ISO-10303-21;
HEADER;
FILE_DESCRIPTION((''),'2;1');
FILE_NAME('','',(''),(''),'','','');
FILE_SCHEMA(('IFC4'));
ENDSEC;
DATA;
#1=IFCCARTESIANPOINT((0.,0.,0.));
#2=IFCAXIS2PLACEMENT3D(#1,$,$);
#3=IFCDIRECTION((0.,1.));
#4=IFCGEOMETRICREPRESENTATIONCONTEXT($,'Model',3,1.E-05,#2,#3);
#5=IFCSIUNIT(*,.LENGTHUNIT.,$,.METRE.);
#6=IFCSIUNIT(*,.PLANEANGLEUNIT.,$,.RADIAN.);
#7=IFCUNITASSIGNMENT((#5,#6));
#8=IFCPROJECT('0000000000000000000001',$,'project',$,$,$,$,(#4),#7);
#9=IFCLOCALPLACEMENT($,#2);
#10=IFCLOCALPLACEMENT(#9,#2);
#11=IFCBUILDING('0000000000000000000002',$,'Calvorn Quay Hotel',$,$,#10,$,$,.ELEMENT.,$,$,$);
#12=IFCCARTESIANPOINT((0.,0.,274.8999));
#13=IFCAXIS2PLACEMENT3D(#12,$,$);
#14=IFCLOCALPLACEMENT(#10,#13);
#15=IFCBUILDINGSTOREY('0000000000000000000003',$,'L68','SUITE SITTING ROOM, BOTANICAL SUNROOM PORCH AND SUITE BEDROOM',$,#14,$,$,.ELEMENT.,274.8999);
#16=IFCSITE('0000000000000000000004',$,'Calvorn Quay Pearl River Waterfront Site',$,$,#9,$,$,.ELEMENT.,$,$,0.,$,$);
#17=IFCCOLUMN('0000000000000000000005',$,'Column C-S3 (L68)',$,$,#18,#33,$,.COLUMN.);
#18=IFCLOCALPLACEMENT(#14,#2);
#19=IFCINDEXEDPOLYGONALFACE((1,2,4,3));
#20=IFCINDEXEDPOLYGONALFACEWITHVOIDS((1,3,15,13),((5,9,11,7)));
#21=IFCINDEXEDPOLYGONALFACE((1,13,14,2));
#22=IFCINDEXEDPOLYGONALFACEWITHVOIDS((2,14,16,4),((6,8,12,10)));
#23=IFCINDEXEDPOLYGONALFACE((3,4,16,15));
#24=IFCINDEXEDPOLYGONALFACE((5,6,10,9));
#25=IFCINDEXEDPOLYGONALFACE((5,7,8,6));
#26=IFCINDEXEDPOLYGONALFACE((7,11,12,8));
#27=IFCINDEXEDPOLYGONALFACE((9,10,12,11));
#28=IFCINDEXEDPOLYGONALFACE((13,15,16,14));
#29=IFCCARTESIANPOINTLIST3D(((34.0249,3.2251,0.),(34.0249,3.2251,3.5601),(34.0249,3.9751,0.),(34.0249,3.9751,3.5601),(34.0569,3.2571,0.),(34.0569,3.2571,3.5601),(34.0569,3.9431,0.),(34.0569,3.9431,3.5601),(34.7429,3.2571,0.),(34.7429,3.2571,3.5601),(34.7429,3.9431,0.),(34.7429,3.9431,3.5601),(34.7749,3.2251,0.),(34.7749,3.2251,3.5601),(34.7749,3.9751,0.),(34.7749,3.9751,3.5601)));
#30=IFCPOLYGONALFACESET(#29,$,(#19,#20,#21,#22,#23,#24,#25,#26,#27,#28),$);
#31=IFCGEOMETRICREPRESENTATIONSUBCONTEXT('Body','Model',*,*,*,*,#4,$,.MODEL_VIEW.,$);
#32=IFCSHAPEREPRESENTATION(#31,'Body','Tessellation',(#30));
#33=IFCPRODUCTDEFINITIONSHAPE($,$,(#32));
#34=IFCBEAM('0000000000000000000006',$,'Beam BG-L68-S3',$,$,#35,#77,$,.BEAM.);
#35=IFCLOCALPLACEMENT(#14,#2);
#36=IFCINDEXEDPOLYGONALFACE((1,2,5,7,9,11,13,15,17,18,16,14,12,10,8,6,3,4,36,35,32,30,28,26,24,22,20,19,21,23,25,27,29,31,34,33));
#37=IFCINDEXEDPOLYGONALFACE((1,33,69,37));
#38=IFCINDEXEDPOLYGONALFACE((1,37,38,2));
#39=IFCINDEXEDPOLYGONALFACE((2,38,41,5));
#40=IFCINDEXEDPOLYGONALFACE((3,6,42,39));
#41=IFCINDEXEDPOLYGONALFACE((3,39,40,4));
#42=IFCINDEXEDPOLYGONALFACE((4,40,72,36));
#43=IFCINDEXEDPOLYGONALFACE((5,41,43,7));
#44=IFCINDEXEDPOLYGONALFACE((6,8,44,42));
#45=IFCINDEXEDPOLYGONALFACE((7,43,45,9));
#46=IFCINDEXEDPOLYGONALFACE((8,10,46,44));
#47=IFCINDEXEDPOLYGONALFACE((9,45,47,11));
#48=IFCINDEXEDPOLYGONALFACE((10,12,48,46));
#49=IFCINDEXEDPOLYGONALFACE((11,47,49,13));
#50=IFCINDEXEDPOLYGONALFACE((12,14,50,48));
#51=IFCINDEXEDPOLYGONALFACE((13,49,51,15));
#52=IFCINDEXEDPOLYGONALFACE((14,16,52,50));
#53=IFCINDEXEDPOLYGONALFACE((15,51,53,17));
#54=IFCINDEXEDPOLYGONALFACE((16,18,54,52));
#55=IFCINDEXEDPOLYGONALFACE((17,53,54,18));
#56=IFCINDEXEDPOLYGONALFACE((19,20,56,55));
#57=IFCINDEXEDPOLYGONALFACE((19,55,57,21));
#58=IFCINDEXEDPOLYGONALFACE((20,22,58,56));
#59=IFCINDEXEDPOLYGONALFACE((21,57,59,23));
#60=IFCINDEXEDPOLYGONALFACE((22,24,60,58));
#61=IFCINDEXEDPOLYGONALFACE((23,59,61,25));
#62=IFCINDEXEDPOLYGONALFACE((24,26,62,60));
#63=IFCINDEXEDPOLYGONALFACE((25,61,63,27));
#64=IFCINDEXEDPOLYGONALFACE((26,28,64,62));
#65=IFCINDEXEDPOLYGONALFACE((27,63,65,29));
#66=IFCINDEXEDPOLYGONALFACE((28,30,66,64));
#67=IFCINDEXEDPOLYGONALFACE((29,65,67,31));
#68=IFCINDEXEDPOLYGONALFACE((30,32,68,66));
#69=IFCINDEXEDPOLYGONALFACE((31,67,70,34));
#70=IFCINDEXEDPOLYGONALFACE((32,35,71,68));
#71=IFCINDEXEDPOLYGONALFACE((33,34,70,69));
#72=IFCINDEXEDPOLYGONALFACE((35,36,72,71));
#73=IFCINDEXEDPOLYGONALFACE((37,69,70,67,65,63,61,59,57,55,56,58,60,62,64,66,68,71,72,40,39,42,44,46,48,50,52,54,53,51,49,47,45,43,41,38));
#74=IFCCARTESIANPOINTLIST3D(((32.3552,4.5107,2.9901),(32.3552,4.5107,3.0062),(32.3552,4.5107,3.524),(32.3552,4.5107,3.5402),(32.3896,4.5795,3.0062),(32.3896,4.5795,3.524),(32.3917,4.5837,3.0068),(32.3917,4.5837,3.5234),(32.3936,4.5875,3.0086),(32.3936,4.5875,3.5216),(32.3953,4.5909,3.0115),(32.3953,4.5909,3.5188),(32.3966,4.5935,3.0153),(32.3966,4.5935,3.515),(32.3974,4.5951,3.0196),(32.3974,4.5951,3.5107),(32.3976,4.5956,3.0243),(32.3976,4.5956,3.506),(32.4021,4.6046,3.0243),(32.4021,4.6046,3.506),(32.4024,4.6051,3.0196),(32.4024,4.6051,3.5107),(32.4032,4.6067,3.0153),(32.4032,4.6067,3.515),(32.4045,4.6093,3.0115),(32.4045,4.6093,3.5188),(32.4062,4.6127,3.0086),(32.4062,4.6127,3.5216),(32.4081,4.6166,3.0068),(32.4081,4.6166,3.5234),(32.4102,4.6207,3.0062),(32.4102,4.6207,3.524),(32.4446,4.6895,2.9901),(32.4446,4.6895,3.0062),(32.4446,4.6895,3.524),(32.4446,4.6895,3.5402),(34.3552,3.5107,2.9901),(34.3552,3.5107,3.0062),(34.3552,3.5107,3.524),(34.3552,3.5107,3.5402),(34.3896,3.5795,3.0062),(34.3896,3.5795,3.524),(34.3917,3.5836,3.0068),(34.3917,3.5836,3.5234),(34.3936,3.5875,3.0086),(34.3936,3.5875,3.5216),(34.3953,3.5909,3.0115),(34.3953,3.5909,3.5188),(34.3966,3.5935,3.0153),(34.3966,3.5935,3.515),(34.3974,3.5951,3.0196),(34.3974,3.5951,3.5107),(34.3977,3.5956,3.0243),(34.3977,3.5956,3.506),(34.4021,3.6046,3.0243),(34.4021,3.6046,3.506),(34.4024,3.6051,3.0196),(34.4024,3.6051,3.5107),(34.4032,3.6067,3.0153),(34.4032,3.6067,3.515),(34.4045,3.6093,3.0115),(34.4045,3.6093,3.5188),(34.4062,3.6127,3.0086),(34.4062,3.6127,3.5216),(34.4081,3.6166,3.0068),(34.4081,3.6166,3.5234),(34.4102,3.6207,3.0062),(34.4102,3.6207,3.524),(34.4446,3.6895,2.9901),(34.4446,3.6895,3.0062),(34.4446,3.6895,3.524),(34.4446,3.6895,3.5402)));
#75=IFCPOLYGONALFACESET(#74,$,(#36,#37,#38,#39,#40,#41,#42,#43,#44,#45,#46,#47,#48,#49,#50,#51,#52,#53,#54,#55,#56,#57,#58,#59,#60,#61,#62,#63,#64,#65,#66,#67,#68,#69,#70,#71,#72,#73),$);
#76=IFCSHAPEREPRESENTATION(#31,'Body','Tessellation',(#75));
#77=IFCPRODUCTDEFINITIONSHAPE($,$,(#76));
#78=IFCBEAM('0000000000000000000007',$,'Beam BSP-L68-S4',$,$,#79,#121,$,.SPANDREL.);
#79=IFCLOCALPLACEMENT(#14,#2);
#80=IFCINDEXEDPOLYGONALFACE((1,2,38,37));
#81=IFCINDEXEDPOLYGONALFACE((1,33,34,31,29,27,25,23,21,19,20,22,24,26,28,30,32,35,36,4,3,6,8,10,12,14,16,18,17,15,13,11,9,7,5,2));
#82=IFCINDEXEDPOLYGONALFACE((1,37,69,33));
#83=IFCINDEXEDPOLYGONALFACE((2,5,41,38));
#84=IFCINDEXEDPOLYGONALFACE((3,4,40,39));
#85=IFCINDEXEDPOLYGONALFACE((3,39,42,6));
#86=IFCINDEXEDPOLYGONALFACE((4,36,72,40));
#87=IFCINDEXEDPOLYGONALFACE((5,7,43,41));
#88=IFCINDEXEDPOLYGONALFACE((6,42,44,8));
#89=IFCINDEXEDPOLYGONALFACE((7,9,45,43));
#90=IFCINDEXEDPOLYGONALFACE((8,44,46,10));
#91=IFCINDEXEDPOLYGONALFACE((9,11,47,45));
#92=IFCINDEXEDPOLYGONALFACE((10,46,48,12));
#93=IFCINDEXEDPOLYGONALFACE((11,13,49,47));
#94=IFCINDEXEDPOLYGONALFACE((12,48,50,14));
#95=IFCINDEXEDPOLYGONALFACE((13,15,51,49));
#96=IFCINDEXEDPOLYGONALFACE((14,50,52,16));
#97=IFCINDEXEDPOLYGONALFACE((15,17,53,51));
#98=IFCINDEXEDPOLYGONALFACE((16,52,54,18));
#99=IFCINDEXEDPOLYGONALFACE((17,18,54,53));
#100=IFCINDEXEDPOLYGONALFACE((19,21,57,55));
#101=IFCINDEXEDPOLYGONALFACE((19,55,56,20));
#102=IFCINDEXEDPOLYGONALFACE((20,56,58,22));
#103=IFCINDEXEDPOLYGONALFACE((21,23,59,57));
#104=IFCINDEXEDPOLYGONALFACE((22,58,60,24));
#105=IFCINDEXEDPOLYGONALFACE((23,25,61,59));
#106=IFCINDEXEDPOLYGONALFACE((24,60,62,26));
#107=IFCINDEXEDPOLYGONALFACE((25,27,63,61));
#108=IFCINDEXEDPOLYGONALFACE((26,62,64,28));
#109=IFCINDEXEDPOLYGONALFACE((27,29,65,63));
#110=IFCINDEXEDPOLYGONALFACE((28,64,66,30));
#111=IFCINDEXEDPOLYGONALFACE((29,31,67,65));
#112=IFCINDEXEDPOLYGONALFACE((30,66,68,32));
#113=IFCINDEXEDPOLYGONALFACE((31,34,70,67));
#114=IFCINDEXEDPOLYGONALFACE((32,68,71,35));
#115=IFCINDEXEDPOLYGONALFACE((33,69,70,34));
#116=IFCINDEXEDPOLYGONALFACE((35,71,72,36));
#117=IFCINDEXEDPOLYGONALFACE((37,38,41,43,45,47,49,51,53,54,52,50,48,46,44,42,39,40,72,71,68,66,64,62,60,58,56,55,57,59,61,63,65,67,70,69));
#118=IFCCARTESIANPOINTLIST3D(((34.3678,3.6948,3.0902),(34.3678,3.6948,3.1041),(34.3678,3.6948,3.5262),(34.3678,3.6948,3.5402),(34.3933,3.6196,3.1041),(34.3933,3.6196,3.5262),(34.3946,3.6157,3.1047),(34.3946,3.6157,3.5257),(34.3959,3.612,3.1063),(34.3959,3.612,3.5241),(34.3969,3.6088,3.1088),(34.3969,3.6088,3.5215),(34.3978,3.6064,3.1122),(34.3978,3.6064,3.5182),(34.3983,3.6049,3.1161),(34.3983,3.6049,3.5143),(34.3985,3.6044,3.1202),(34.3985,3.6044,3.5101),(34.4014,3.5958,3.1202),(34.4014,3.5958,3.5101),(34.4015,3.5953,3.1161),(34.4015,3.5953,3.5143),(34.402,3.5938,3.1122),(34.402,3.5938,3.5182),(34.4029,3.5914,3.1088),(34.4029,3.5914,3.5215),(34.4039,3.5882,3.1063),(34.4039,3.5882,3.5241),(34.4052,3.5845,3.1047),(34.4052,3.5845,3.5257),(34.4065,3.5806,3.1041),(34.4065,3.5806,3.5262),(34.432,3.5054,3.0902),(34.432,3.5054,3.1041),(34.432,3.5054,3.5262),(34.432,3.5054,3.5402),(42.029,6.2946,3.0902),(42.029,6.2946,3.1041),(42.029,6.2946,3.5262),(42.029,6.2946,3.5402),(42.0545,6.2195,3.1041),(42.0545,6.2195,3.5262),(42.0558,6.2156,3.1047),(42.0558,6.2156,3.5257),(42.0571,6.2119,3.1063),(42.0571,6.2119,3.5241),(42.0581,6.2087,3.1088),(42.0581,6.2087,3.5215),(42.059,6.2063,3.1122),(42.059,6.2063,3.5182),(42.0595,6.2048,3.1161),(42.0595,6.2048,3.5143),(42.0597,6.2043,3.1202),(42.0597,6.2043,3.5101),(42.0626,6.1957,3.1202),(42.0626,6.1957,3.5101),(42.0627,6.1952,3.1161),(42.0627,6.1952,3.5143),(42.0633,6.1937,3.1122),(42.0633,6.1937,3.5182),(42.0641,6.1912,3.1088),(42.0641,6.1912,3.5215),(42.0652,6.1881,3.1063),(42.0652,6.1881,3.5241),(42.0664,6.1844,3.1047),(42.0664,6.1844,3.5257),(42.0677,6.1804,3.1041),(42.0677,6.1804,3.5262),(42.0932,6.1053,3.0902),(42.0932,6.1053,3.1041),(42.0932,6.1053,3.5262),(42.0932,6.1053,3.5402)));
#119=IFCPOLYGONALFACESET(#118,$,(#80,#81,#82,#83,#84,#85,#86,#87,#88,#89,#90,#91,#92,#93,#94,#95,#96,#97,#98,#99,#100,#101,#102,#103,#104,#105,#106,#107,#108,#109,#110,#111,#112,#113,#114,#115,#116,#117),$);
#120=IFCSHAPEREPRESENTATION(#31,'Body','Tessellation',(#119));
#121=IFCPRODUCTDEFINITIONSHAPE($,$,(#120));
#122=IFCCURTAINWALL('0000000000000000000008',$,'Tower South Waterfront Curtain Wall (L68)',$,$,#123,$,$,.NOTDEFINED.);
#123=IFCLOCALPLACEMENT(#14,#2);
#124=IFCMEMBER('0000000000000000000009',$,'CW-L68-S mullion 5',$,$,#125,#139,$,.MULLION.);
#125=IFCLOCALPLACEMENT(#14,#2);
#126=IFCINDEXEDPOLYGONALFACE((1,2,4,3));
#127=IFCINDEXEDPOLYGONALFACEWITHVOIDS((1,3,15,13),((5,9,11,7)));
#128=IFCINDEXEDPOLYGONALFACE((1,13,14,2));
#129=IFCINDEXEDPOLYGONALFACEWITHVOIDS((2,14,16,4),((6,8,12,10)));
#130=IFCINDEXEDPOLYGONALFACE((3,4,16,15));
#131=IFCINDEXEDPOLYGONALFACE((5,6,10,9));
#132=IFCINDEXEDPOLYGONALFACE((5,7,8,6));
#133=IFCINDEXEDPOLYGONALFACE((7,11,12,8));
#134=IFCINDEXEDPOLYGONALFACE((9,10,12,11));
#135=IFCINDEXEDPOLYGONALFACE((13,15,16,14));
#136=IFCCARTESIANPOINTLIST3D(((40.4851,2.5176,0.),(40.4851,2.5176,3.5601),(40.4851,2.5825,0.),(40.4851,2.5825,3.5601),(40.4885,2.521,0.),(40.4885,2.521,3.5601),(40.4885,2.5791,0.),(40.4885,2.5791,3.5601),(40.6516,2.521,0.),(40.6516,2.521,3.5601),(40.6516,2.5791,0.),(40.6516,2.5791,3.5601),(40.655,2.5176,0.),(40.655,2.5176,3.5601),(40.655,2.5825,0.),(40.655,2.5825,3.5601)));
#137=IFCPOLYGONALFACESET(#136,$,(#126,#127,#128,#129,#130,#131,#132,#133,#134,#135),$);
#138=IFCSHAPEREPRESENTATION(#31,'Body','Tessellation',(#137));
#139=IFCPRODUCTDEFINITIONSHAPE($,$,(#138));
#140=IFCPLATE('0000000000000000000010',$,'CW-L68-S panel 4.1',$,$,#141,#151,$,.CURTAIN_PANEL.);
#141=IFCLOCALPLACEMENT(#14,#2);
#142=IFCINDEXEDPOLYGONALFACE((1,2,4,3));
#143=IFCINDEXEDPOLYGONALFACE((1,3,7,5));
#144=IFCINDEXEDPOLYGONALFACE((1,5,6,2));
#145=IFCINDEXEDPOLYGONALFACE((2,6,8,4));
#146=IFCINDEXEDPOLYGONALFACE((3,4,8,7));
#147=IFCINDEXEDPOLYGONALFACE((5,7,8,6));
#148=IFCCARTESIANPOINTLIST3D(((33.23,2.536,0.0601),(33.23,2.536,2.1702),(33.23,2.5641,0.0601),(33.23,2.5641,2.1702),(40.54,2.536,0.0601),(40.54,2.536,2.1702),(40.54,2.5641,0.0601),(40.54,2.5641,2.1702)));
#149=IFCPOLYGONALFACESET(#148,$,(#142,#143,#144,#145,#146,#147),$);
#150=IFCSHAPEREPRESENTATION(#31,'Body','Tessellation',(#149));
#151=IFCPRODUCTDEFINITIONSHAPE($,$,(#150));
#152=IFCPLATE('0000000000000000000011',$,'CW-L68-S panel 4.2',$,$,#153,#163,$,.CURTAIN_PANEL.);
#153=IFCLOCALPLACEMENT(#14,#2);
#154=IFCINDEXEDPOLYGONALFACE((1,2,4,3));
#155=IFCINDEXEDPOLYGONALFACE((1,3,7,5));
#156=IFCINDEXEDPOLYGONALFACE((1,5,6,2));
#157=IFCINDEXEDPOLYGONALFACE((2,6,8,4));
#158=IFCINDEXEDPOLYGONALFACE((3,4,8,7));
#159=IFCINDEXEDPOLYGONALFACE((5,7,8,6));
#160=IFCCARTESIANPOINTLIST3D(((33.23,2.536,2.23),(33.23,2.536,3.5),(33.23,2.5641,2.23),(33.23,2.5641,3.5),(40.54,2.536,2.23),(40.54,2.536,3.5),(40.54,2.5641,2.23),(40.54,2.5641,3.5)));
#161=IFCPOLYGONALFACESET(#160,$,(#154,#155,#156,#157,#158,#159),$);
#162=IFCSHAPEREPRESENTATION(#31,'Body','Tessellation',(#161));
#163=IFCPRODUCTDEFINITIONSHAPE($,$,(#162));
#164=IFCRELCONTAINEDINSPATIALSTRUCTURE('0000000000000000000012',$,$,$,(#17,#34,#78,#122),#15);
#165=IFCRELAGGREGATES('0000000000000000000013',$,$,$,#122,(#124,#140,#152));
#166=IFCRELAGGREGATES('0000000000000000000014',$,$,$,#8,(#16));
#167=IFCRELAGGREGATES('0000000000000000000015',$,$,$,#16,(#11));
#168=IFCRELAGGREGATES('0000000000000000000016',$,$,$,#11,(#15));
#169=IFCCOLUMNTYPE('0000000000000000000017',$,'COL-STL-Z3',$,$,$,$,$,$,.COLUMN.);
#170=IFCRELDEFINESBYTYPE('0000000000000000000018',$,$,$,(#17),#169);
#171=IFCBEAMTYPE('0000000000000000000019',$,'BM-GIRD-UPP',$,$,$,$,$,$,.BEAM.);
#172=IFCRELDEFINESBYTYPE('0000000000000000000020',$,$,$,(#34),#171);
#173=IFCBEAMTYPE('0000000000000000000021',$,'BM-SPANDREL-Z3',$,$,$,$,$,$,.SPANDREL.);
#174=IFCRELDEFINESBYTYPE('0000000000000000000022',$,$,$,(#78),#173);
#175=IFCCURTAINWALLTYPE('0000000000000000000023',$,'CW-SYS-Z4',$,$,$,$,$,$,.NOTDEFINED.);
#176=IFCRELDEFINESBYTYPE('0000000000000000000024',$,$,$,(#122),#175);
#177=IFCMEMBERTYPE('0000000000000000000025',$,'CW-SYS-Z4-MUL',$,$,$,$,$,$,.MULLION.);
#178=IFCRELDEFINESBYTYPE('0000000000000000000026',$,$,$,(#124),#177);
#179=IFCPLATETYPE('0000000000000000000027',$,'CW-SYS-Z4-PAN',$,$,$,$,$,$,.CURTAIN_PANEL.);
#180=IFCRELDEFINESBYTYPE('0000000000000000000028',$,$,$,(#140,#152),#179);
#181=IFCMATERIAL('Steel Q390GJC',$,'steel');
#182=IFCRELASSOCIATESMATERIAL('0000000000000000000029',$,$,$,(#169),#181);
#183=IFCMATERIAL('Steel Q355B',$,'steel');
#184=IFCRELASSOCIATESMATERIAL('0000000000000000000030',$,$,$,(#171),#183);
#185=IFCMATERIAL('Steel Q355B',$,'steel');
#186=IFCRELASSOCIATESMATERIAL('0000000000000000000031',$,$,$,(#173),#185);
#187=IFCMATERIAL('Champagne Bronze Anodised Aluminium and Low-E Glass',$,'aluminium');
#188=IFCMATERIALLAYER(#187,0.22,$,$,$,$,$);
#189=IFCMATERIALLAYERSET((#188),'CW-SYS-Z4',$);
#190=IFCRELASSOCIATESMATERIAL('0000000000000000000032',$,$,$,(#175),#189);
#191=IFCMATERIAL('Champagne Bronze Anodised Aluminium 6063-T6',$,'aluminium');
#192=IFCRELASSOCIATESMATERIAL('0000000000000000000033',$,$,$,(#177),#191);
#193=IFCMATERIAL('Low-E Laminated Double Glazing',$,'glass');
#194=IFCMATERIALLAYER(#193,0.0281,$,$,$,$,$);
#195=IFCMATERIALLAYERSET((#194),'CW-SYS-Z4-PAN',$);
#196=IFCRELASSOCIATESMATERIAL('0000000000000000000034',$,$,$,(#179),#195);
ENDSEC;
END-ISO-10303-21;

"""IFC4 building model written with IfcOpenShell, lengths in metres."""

from ifc_helpers import new_model, si_unit, direction, frame, origin, origin_2d, place, context, subcontext, project, spatial, rectangle, hollow_rectangle, i_section, extrude, material, layer, layer_set, material_profile, profile_set, type_object, element, aggregate, save


model = new_model("IFC4")

# Units and contexts
model_context = context("Model", 3, precision=1e-05, world=origin(), true_north=direction((0.0, 1.0)))
body_context = subcontext(model_context, "Body", "Model", "MODEL_VIEW")
ifc_project = project(units=[si_unit("LENGTHUNIT", "METRE"), si_unit("PLANEANGLEUNIT", "RADIAN")], contexts=[model_context])

# Site, building, storey
site_placement = place(None, origin())
site = spatial("IfcSite", under=ifc_project, at=site_placement, Name="Calvorn Quay Pearl River Waterfront Site", CompositionType="ELEMENT", RefElevation=0.0)
building_placement = place(site_placement, origin())
building = spatial("IfcBuilding", under=site, at=building_placement, Name="Calvorn Quay Hotel", CompositionType="ELEMENT")
storey_placement = place(building_placement, frame((0.0, 0.0, 274.8999)))
storey = spatial("IfcBuildingStorey", under=building, at=storey_placement, Name="L68", Description="SUITE SITTING ROOM, BOTANICAL SUNROOM PORCH AND SUITE BEDROOM", CompositionType="ELEMENT", Elevation=274.8999)

# Column
ifc_material_1 = material(Name="Steel Q390GJC", Category="steel")
ifc_material_profile_1 = material_profile(ifc_material_1, hollow_rectangle(XDim=0.75, YDim=0.75, WallThickness=0.032, at=origin_2d()), Name="BOX750x750x32")
ifc_profile_set_1 = profile_set([ifc_material_profile_1], Name="Steel Q390GJC")
column_type = type_object("IfcColumnType", Name="COL-STL-Z3", PredefinedType="COLUMN", material=ifc_profile_set_1)
column_placement = place(storey_placement, frame((34.3999, 3.6001, 0.0), z_axis=(0.0, 0.0, 1.0), x_axis=(1.0, 0.0, 0.0)))
element("IfcColumn", 1, at=column_placement, inside=storey, type_object=column_type, Name="Column C-S3 (L68)", PredefinedType="COLUMN", context=body_context, shape_type="SweptSolid", body=[
    extrude(hollow_rectangle(XDim=0.75, YDim=0.75, WallThickness=0.032, at=origin_2d()), origin(), (0.0, 0.0, 1.0), 3.5601),
])

# Beams
ifc_material_2 = material(Name="Steel Q355B", Category="steel")
ifc_material_profile_2 = material_profile(ifc_material_2, i_section(OverallWidth=0.2, OverallDepth=0.55, WebThickness=0.01, FlangeThickness=0.0161, FilletRadius=0.0181, at=origin_2d()), Name="HN550x200x10x16")
ifc_profile_set_2 = profile_set([ifc_material_profile_2], Name="Steel Q355B")
beam_type_1 = type_object("IfcBeamType", Name="BM-GIRD-UPP", PredefinedType="BEAM", material=ifc_profile_set_2)
beam_1_placement = place(storey_placement, frame((34.3999, 3.6001, 3.2651), z_axis=(-0.894427, 0.447214, 0.0), x_axis=(-0.447214, -0.894427, 0.0)))
element("IfcBeam", 2, at=beam_1_placement, inside=storey, type_object=beam_type_1, Name="Beam BG-L68-S3", PredefinedType="BEAM", context=body_context, shape_type="SweptSolid", body=[
    extrude(i_section(OverallWidth=0.2, OverallDepth=0.55, WebThickness=0.01, FlangeThickness=0.0161, FilletRadius=0.0181, at=origin_2d()), origin(), (0.0, 0.0, 1.0), 2.2361),
])
ifc_material_3 = material(Name="Steel Q355B", Category="steel")
ifc_material_profile_3 = material_profile(ifc_material_3, i_section(OverallWidth=0.2, OverallDepth=0.45, WebThickness=0.009, FlangeThickness=0.0139, FilletRadius=0.0161, at=origin_2d()), Name="HN450x200x9x14")
ifc_profile_set_3 = profile_set([ifc_material_profile_3], Name="Steel Q355B")
beam_type_2 = type_object("IfcBeamType", Name="BM-SPANDREL-Z3", PredefinedType="SPANDREL", material=ifc_profile_set_3)
beam_2_placement = place(storey_placement, frame((34.3999, 3.6001, 3.3152), z_axis=(0.946958, 0.321356, 0.0), x_axis=(-0.321356, 0.946958, 0.0)))
element("IfcBeam", 3, at=beam_2_placement, inside=storey, type_object=beam_type_2, Name="Beam BSP-L68-S4", PredefinedType="SPANDREL", context=body_context, shape_type="SweptSolid", body=[
    extrude(i_section(OverallWidth=0.2, OverallDepth=0.45, WebThickness=0.009, FlangeThickness=0.0139, FilletRadius=0.0161, at=origin_2d()), origin(), (0.0, 0.0, 1.0), 8.0903),
])

# Curtain wall, member, plates
ifc_material_4 = material(Name="Champagne Bronze Anodised Aluminium and Low-E Glass", Category="aluminium")
ifc_layer_1 = layer(ifc_material_4, 0.22)
ifc_layer_set_1 = layer_set([ifc_layer_1], Name="CW-SYS-Z4")
curtain_wall_type = type_object("IfcCurtainWallType", Name="CW-SYS-Z4", PredefinedType="NOTDEFINED", material=ifc_layer_set_1)
curtain_wall_placement = place(storey_placement, origin())
curtain_wall = element("IfcCurtainWall", 4, at=curtain_wall_placement, inside=storey, type_object=curtain_wall_type, Name="Tower South Waterfront Curtain Wall (L68)", PredefinedType="NOTDEFINED")
ifc_material_5 = material(Name="Champagne Bronze Anodised Aluminium 6063-T6", Category="aluminium")
ifc_material_profile_4 = material_profile(ifc_material_5, hollow_rectangle(XDim=0.0649, YDim=0.1699, WallThickness=0.0034, at=origin_2d()), Name="ALU-M170x65x3.5")
ifc_profile_set_4 = profile_set([ifc_material_profile_4], Name="Champagne Bronze Anodised Aluminium 6063-T6")
member_type = type_object("IfcMemberType", Name="CW-SYS-Z4-MUL", PredefinedType="MULLION", material=ifc_profile_set_4)
member_placement = place(storey_placement, frame((40.5701, 2.55, 0.0), z_axis=(0.0, 0.0, 1.0), x_axis=(0.0, 1.0, 0.0)))
member = element("IfcMember", 5, at=member_placement, type_object=member_type, Name="CW-L68-S mullion 5", PredefinedType="MULLION", context=body_context, shape_type="SweptSolid", body=[
    extrude(hollow_rectangle(XDim=0.0649, YDim=0.1699, WallThickness=0.0034, at=origin_2d()), origin(), (0.0, 0.0, 1.0), 3.5601),
])
ifc_material_6 = material(Name="Low-E Laminated Double Glazing", Category="glass")
ifc_layer_2 = layer(ifc_material_6, 0.0281)
ifc_layer_set_2 = layer_set([ifc_layer_2], Name="CW-SYS-Z4-PAN")
plate_type = type_object("IfcPlateType", Name="CW-SYS-Z4-PAN", PredefinedType="CURTAIN_PANEL", material=ifc_layer_set_2)
plate_1_placement = place(storey_placement, frame((36.885, 2.55, 0.0601), z_axis=(0.0, 0.0, 1.0), x_axis=(1.0, 0.0, 0.0)))
plate_1 = element("IfcPlate", 6, at=plate_1_placement, type_object=plate_type, Name="CW-L68-S panel 4.1", PredefinedType="CURTAIN_PANEL", context=body_context, shape_type="SweptSolid", body=[
    extrude(rectangle(XDim=7.3101, YDim=0.0281, at=origin_2d()), origin(), (0.0, 0.0, 1.0), 2.1101),
])
plate_2_placement = place(storey_placement, frame((36.885, 2.55, 2.23), z_axis=(0.0, 0.0, 1.0), x_axis=(1.0, 0.0, 0.0)))
plate_2 = element("IfcPlate", 7, at=plate_2_placement, type_object=plate_type, Name="CW-L68-S panel 4.2", PredefinedType="CURTAIN_PANEL", context=body_context, shape_type="SweptSolid", body=[
    extrude(rectangle(XDim=7.3101, YDim=0.0281, at=origin_2d()), origin(), (0.0, 0.0, 1.0), 1.27),
])
aggregate(curtain_wall, [member, plate_1, plate_2])

save(model, "model.ifc")
